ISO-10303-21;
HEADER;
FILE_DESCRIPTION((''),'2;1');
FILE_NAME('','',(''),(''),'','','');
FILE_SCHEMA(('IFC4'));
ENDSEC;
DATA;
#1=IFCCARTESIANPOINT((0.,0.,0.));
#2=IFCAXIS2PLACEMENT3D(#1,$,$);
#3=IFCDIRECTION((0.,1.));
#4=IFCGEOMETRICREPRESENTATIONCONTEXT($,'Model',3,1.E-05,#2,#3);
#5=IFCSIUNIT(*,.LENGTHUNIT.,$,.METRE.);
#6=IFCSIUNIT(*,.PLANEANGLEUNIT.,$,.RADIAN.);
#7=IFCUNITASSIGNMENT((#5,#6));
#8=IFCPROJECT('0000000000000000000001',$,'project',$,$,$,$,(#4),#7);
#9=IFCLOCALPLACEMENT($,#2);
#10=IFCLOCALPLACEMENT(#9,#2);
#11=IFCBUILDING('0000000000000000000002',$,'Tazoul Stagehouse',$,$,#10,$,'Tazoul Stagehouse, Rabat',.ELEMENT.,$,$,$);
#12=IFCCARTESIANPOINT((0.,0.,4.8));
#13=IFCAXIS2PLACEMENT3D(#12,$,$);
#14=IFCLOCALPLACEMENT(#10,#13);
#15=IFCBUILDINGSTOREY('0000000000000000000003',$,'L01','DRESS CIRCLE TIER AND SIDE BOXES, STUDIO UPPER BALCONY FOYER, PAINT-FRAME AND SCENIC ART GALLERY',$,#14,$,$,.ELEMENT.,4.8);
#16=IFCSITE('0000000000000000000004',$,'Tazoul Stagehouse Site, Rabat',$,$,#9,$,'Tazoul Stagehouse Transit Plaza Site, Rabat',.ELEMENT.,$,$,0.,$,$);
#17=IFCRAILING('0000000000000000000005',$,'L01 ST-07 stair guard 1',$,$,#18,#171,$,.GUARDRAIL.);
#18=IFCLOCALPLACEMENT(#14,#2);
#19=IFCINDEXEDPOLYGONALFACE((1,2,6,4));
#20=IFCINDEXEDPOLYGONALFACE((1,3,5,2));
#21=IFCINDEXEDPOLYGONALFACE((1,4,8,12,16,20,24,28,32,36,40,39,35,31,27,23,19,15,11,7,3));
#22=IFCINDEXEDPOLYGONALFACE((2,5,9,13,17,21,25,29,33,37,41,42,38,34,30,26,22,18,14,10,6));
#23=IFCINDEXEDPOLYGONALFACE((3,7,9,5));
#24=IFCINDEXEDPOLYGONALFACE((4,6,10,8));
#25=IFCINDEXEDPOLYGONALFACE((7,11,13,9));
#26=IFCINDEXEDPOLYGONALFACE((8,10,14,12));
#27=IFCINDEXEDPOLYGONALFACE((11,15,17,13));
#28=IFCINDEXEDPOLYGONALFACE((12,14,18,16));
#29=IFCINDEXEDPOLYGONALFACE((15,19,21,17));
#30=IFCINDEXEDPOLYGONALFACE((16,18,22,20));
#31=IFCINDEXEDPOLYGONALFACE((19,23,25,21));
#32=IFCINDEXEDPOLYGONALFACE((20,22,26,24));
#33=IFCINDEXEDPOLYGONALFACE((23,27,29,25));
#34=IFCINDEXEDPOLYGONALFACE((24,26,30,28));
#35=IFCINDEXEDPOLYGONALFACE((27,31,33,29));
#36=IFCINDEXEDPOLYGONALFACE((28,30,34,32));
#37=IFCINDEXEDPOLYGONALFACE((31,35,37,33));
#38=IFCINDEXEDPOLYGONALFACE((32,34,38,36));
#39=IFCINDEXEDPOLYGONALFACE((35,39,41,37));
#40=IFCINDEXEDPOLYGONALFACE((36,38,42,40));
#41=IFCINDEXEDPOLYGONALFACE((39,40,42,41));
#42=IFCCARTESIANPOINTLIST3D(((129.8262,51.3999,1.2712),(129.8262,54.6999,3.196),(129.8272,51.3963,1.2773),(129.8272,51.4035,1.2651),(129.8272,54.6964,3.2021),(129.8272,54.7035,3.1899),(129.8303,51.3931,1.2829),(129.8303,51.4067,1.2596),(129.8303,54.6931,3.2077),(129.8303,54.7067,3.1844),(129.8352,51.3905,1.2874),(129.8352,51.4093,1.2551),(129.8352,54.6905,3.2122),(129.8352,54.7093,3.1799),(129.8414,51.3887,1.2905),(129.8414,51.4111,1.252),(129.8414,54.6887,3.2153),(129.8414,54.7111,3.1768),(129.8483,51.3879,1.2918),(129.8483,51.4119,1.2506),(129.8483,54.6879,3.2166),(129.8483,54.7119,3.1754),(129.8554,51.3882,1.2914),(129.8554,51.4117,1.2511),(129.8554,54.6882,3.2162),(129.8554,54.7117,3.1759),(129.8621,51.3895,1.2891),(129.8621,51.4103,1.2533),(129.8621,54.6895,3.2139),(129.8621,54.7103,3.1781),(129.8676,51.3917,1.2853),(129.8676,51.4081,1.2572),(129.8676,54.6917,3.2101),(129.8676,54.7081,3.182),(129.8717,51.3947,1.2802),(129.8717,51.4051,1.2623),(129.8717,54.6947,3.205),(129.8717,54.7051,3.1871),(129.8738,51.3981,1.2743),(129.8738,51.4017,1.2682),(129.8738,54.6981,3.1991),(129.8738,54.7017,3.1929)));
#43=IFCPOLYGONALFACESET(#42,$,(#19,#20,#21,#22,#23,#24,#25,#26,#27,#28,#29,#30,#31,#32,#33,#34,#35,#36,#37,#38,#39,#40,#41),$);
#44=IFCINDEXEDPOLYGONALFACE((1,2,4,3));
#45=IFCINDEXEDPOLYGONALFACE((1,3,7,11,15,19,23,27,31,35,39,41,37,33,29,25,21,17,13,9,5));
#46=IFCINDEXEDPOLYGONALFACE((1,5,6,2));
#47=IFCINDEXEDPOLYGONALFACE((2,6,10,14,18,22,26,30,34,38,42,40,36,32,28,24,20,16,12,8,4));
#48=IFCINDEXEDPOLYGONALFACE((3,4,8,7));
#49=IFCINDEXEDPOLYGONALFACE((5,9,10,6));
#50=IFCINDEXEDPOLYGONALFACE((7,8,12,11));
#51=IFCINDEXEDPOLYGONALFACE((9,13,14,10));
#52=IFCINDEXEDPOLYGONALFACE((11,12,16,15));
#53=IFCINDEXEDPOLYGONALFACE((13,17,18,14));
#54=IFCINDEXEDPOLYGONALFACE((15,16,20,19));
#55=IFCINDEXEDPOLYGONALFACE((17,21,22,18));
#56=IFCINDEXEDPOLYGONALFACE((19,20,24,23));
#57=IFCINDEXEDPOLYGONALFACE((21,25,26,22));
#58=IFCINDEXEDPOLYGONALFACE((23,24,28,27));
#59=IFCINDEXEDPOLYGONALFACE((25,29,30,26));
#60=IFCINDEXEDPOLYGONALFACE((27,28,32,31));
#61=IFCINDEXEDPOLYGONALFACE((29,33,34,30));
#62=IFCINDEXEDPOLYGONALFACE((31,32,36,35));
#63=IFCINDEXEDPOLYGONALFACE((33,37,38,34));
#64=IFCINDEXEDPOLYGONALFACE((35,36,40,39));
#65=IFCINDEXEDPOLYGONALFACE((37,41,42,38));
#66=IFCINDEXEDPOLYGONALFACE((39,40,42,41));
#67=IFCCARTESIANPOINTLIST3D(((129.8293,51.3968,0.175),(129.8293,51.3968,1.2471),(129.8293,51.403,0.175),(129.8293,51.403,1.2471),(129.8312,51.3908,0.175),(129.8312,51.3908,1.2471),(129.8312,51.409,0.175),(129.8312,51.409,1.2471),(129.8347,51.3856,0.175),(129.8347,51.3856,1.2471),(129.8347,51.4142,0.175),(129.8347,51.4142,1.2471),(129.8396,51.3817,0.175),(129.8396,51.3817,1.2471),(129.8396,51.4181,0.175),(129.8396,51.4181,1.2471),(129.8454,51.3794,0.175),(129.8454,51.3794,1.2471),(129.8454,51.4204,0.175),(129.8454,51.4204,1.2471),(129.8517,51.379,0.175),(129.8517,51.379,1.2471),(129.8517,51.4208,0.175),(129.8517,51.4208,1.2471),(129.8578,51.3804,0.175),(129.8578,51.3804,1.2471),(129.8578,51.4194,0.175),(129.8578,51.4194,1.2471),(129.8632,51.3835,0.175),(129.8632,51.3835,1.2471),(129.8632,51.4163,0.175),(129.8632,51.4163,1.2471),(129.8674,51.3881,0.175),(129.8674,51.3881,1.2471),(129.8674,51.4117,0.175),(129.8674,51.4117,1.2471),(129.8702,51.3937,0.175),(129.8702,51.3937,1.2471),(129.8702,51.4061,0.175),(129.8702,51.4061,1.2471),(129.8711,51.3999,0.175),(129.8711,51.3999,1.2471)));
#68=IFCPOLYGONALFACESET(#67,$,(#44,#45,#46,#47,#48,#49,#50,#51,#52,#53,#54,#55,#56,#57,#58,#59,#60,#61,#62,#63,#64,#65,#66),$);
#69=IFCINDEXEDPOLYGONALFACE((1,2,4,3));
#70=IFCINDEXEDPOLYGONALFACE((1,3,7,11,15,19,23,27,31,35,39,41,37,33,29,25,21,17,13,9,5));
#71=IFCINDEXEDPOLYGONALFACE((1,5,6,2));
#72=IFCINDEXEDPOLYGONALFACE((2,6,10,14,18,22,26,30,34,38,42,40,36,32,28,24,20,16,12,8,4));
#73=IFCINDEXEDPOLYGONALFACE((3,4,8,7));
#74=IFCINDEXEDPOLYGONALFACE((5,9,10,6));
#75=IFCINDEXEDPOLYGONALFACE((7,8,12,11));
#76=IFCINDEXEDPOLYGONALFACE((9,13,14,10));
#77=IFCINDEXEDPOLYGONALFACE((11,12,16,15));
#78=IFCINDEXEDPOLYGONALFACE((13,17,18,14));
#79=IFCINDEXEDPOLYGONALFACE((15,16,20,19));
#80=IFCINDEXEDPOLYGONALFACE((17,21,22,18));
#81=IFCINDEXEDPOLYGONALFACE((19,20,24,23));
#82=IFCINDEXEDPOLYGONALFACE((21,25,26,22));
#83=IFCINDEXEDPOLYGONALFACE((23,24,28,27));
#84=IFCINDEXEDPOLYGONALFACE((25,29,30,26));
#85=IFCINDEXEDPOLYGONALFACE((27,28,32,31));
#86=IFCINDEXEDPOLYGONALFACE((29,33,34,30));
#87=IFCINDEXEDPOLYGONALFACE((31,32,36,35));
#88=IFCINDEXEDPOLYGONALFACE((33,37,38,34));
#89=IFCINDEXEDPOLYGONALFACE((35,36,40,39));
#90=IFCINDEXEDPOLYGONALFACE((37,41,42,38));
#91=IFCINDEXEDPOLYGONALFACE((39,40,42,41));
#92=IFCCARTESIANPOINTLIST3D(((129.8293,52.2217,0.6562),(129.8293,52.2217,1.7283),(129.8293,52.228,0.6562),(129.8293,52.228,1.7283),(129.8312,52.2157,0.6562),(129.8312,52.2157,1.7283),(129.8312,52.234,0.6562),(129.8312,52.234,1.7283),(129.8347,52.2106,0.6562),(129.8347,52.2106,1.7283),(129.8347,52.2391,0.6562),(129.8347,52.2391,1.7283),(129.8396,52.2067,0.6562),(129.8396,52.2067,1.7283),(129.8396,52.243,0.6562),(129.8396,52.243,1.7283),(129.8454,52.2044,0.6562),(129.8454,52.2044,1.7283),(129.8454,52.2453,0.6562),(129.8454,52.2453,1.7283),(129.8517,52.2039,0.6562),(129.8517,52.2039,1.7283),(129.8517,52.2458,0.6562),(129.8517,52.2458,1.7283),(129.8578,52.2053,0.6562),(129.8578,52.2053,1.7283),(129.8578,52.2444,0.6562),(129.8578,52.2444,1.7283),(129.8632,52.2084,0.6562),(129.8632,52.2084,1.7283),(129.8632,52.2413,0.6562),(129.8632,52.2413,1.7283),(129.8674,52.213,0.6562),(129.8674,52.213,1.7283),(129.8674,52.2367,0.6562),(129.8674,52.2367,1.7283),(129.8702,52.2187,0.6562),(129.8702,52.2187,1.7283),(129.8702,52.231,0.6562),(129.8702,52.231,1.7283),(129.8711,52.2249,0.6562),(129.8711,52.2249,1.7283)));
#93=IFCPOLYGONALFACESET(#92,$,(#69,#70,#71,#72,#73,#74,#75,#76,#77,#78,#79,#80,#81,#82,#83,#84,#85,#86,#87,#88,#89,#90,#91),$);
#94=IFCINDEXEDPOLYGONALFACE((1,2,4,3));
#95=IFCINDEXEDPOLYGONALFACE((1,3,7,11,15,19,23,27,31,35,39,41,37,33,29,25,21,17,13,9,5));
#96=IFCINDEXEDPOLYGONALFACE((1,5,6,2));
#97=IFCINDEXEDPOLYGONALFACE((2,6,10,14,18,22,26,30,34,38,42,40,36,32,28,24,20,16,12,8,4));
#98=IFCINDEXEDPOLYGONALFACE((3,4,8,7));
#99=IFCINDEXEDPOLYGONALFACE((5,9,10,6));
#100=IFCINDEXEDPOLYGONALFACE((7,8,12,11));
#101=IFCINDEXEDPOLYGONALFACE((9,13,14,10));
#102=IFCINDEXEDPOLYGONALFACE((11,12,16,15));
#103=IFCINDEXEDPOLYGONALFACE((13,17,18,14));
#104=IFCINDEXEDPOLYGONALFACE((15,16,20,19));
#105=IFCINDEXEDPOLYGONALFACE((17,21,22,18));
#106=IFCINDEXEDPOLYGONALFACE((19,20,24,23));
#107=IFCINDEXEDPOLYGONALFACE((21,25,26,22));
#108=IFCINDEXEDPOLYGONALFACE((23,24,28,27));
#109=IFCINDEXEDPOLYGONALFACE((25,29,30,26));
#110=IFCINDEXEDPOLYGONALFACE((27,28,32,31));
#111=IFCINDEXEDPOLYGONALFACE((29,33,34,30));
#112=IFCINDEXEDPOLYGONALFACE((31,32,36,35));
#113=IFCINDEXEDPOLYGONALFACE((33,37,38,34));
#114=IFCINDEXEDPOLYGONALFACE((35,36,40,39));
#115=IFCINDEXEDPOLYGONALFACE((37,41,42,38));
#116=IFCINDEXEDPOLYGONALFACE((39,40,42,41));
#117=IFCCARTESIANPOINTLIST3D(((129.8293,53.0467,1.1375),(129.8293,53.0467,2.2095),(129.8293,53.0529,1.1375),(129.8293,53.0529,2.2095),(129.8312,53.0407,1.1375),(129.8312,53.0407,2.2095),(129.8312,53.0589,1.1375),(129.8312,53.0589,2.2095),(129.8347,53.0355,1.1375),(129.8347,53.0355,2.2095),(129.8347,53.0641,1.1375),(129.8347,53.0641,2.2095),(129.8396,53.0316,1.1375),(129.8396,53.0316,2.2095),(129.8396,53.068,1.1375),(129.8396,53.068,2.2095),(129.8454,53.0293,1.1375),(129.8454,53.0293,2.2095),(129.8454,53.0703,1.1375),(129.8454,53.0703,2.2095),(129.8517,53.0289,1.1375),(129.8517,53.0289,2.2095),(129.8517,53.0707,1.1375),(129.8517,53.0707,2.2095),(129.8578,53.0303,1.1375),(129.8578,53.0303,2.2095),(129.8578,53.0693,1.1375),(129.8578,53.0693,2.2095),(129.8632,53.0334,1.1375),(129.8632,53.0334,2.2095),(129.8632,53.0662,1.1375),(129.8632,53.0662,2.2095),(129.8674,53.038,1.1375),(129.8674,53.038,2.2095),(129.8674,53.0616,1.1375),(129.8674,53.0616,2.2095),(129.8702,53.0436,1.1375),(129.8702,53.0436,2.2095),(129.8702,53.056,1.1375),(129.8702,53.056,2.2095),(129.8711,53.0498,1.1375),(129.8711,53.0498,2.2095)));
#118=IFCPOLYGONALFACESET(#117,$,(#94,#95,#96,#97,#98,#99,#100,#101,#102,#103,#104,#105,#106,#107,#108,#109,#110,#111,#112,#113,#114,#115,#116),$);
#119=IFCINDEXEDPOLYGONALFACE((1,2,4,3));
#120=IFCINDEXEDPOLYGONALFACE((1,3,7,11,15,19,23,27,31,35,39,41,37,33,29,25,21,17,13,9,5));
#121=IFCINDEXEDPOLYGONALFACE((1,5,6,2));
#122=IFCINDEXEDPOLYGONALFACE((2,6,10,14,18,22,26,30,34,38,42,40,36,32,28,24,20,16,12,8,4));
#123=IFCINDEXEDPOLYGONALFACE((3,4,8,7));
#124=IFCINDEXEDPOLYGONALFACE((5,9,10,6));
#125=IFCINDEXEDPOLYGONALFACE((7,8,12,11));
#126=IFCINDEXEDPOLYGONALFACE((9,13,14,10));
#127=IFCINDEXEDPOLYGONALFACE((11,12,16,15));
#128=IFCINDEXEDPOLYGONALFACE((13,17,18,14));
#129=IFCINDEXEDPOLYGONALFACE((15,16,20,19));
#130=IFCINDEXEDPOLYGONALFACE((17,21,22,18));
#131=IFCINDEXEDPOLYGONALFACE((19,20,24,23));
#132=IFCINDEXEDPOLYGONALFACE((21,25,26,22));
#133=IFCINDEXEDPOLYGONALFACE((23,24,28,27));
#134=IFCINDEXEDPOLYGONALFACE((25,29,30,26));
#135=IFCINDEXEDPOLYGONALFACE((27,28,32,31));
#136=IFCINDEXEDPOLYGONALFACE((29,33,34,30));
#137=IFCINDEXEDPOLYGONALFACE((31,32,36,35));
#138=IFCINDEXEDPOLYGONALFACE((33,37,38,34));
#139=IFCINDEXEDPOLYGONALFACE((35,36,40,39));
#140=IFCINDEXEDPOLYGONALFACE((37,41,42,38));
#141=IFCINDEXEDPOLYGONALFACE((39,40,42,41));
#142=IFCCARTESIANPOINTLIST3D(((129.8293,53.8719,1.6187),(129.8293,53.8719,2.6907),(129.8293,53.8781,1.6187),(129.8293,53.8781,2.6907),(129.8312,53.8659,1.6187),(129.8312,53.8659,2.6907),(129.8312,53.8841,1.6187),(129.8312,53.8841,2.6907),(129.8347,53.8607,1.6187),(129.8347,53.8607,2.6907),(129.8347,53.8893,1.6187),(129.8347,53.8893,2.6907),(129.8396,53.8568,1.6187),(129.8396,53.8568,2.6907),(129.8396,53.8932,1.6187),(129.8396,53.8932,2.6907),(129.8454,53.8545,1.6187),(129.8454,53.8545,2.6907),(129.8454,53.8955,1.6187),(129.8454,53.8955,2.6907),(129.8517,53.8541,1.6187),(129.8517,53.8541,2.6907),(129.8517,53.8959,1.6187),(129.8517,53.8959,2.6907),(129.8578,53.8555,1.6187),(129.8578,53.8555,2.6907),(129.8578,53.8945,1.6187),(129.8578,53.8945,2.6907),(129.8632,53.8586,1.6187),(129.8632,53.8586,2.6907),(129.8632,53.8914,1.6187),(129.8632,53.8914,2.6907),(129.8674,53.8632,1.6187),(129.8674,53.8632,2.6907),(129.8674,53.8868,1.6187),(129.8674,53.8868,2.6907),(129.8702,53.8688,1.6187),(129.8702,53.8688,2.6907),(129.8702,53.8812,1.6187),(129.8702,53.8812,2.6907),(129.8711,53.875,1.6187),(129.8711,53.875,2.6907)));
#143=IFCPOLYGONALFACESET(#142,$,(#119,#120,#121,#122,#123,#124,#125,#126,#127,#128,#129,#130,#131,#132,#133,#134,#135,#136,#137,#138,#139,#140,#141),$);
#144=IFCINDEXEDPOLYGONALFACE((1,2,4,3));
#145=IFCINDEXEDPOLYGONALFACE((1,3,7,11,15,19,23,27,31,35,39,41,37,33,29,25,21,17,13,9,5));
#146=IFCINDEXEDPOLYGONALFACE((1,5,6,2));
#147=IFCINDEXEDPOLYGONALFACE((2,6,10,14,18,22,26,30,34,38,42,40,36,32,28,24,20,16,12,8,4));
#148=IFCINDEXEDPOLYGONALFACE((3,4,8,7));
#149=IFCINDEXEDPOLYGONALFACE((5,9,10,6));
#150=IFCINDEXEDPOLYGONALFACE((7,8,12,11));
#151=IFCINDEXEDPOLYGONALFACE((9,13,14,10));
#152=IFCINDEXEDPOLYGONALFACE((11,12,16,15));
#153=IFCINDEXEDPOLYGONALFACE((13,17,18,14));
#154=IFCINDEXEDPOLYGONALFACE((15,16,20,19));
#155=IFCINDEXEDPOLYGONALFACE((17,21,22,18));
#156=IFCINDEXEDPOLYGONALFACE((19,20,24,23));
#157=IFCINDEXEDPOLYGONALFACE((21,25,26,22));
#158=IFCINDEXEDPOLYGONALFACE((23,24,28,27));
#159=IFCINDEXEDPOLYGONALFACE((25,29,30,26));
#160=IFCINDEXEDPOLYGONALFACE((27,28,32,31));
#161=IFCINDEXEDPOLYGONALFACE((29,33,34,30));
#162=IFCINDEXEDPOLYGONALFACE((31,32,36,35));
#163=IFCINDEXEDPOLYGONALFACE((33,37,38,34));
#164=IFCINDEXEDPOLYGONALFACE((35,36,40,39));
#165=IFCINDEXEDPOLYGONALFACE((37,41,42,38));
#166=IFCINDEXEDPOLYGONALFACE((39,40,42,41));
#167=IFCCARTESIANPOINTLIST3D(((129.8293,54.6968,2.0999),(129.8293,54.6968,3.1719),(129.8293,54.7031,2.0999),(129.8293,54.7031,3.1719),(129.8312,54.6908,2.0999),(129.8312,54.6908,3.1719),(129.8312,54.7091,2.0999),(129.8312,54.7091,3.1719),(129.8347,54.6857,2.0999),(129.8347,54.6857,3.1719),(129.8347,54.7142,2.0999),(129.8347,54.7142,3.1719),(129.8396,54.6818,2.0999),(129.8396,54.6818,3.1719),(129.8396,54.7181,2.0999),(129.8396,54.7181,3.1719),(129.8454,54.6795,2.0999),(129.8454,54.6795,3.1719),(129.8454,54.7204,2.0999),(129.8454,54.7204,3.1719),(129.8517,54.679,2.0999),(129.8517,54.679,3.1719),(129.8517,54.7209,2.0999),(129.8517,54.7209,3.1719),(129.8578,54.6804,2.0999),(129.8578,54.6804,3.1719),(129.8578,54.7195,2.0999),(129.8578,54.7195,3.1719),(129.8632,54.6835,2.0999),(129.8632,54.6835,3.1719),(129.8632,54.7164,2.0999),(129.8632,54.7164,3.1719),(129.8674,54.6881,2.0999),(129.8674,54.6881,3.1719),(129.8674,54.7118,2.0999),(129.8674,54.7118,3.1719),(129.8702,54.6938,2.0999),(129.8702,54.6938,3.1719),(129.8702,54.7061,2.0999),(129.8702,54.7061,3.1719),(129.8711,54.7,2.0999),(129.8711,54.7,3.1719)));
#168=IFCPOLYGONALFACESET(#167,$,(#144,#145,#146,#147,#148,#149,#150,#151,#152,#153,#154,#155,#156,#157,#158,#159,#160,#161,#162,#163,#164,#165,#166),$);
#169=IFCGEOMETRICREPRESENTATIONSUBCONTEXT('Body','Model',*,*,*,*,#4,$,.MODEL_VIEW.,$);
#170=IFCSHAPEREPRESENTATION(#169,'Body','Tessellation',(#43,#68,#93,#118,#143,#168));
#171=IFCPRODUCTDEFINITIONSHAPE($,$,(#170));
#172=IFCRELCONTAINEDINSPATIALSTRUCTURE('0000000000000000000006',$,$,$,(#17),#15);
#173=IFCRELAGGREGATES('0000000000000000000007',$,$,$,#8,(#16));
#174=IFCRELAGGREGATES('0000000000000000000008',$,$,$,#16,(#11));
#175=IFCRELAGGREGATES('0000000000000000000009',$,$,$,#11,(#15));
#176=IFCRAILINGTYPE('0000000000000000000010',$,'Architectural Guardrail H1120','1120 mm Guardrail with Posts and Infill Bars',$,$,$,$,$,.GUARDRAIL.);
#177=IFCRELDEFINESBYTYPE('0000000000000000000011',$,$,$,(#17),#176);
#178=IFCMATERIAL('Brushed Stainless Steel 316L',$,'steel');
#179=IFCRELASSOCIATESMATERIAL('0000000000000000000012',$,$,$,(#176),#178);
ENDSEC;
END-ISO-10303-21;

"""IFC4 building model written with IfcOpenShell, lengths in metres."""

from ifc_helpers import new_model, si_unit, direction, frame, origin, origin_2d, place, context, subcontext, project, spatial, circle, extrude, material, material_profile, profile_set, type_object, element, save


model = new_model("IFC4")

# Units and contexts
model_context = context("Model", 3, precision=1e-05, world=origin(), true_north=direction((0.0, 1.0)))
body_context = subcontext(model_context, "Body", "Model", "MODEL_VIEW")
ifc_project = project(units=[si_unit("LENGTHUNIT", "METRE"), si_unit("PLANEANGLEUNIT", "RADIAN")], contexts=[model_context])

# Site, building, storey
site_placement = place(None, origin())
site = spatial("IfcSite", under=ifc_project, at=site_placement, Name="Tazoul Stagehouse Site, Rabat", LongName="Tazoul Stagehouse Transit Plaza Site, Rabat", CompositionType="ELEMENT", RefElevation=0.0)
building_placement = place(site_placement, origin())
building = spatial("IfcBuilding", under=site, at=building_placement, Name="Tazoul Stagehouse", LongName="Tazoul Stagehouse, Rabat", CompositionType="ELEMENT")
storey_placement = place(building_placement, frame((0.0, 0.0, 4.8)))
storey = spatial("IfcBuildingStorey", under=building, at=storey_placement, Name="L01", Description="DRESS CIRCLE TIER AND SIDE BOXES, STUDIO UPPER BALCONY FOYER, PAINT-FRAME AND SCENIC ART GALLERY", CompositionType="ELEMENT", Elevation=4.8)

# Railing
ifc_material_1 = material(Name="Brushed Stainless Steel 316L", Category="steel")
ifc_material_profile_1 = material_profile(ifc_material_1, circle(Radius=0.0239, at=origin_2d()), Name="SS RAIL D48")
ifc_profile_set_1 = profile_set([ifc_material_profile_1], Name="Brushed Stainless Steel 316L")
railing_type_1 = type_object("IfcRailingType", Name="Architectural Guardrail H1120", Description="1120 mm Guardrail with Posts and Infill Bars", PredefinedType="GUARDRAIL", material=ifc_profile_set_1)
railing_1_placement = place(storey_placement, frame((129.8501, 51.3999, 0.175)))
element("IfcRailing", 1, at=railing_1_placement, inside=storey, type_object=railing_type_1, Name="L01 ST-07 stair guard 1", PredefinedType="GUARDRAIL", context=body_context, shape_type="SweptSolid", body=[
    extrude(circle(Radius=0.0239, at=origin_2d()), frame((0.0, 0.0, 1.0962), z_axis=(0.0, 0.863804, 0.503827), x_axis=(-1.0, 0.0, 0.0)), (0.0, 0.0, 1.0), 3.8203),
    extrude(circle(Radius=0.021, at=origin_2d()), origin(), (0.0, 0.0, 1.0), 1.072),
    extrude(circle(Radius=0.021, at=origin_2d()), frame((0.0, 0.825, 0.4812)), (0.0, 0.0, 1.0), 1.072),
    extrude(circle(Radius=0.021, at=origin_2d()), frame((0.0, 1.6499, 0.9624)), (0.0, 0.0, 1.0), 1.072),
    extrude(circle(Radius=0.021, at=origin_2d()), frame((0.0, 2.4751, 1.4436)), (0.0, 0.0, 1.0), 1.072),
    extrude(circle(Radius=0.021, at=origin_2d()), frame((0.0, 3.3, 1.9248)), (0.0, 0.0, 1.0), 1.072),
])

save(model, "model.ifc")
